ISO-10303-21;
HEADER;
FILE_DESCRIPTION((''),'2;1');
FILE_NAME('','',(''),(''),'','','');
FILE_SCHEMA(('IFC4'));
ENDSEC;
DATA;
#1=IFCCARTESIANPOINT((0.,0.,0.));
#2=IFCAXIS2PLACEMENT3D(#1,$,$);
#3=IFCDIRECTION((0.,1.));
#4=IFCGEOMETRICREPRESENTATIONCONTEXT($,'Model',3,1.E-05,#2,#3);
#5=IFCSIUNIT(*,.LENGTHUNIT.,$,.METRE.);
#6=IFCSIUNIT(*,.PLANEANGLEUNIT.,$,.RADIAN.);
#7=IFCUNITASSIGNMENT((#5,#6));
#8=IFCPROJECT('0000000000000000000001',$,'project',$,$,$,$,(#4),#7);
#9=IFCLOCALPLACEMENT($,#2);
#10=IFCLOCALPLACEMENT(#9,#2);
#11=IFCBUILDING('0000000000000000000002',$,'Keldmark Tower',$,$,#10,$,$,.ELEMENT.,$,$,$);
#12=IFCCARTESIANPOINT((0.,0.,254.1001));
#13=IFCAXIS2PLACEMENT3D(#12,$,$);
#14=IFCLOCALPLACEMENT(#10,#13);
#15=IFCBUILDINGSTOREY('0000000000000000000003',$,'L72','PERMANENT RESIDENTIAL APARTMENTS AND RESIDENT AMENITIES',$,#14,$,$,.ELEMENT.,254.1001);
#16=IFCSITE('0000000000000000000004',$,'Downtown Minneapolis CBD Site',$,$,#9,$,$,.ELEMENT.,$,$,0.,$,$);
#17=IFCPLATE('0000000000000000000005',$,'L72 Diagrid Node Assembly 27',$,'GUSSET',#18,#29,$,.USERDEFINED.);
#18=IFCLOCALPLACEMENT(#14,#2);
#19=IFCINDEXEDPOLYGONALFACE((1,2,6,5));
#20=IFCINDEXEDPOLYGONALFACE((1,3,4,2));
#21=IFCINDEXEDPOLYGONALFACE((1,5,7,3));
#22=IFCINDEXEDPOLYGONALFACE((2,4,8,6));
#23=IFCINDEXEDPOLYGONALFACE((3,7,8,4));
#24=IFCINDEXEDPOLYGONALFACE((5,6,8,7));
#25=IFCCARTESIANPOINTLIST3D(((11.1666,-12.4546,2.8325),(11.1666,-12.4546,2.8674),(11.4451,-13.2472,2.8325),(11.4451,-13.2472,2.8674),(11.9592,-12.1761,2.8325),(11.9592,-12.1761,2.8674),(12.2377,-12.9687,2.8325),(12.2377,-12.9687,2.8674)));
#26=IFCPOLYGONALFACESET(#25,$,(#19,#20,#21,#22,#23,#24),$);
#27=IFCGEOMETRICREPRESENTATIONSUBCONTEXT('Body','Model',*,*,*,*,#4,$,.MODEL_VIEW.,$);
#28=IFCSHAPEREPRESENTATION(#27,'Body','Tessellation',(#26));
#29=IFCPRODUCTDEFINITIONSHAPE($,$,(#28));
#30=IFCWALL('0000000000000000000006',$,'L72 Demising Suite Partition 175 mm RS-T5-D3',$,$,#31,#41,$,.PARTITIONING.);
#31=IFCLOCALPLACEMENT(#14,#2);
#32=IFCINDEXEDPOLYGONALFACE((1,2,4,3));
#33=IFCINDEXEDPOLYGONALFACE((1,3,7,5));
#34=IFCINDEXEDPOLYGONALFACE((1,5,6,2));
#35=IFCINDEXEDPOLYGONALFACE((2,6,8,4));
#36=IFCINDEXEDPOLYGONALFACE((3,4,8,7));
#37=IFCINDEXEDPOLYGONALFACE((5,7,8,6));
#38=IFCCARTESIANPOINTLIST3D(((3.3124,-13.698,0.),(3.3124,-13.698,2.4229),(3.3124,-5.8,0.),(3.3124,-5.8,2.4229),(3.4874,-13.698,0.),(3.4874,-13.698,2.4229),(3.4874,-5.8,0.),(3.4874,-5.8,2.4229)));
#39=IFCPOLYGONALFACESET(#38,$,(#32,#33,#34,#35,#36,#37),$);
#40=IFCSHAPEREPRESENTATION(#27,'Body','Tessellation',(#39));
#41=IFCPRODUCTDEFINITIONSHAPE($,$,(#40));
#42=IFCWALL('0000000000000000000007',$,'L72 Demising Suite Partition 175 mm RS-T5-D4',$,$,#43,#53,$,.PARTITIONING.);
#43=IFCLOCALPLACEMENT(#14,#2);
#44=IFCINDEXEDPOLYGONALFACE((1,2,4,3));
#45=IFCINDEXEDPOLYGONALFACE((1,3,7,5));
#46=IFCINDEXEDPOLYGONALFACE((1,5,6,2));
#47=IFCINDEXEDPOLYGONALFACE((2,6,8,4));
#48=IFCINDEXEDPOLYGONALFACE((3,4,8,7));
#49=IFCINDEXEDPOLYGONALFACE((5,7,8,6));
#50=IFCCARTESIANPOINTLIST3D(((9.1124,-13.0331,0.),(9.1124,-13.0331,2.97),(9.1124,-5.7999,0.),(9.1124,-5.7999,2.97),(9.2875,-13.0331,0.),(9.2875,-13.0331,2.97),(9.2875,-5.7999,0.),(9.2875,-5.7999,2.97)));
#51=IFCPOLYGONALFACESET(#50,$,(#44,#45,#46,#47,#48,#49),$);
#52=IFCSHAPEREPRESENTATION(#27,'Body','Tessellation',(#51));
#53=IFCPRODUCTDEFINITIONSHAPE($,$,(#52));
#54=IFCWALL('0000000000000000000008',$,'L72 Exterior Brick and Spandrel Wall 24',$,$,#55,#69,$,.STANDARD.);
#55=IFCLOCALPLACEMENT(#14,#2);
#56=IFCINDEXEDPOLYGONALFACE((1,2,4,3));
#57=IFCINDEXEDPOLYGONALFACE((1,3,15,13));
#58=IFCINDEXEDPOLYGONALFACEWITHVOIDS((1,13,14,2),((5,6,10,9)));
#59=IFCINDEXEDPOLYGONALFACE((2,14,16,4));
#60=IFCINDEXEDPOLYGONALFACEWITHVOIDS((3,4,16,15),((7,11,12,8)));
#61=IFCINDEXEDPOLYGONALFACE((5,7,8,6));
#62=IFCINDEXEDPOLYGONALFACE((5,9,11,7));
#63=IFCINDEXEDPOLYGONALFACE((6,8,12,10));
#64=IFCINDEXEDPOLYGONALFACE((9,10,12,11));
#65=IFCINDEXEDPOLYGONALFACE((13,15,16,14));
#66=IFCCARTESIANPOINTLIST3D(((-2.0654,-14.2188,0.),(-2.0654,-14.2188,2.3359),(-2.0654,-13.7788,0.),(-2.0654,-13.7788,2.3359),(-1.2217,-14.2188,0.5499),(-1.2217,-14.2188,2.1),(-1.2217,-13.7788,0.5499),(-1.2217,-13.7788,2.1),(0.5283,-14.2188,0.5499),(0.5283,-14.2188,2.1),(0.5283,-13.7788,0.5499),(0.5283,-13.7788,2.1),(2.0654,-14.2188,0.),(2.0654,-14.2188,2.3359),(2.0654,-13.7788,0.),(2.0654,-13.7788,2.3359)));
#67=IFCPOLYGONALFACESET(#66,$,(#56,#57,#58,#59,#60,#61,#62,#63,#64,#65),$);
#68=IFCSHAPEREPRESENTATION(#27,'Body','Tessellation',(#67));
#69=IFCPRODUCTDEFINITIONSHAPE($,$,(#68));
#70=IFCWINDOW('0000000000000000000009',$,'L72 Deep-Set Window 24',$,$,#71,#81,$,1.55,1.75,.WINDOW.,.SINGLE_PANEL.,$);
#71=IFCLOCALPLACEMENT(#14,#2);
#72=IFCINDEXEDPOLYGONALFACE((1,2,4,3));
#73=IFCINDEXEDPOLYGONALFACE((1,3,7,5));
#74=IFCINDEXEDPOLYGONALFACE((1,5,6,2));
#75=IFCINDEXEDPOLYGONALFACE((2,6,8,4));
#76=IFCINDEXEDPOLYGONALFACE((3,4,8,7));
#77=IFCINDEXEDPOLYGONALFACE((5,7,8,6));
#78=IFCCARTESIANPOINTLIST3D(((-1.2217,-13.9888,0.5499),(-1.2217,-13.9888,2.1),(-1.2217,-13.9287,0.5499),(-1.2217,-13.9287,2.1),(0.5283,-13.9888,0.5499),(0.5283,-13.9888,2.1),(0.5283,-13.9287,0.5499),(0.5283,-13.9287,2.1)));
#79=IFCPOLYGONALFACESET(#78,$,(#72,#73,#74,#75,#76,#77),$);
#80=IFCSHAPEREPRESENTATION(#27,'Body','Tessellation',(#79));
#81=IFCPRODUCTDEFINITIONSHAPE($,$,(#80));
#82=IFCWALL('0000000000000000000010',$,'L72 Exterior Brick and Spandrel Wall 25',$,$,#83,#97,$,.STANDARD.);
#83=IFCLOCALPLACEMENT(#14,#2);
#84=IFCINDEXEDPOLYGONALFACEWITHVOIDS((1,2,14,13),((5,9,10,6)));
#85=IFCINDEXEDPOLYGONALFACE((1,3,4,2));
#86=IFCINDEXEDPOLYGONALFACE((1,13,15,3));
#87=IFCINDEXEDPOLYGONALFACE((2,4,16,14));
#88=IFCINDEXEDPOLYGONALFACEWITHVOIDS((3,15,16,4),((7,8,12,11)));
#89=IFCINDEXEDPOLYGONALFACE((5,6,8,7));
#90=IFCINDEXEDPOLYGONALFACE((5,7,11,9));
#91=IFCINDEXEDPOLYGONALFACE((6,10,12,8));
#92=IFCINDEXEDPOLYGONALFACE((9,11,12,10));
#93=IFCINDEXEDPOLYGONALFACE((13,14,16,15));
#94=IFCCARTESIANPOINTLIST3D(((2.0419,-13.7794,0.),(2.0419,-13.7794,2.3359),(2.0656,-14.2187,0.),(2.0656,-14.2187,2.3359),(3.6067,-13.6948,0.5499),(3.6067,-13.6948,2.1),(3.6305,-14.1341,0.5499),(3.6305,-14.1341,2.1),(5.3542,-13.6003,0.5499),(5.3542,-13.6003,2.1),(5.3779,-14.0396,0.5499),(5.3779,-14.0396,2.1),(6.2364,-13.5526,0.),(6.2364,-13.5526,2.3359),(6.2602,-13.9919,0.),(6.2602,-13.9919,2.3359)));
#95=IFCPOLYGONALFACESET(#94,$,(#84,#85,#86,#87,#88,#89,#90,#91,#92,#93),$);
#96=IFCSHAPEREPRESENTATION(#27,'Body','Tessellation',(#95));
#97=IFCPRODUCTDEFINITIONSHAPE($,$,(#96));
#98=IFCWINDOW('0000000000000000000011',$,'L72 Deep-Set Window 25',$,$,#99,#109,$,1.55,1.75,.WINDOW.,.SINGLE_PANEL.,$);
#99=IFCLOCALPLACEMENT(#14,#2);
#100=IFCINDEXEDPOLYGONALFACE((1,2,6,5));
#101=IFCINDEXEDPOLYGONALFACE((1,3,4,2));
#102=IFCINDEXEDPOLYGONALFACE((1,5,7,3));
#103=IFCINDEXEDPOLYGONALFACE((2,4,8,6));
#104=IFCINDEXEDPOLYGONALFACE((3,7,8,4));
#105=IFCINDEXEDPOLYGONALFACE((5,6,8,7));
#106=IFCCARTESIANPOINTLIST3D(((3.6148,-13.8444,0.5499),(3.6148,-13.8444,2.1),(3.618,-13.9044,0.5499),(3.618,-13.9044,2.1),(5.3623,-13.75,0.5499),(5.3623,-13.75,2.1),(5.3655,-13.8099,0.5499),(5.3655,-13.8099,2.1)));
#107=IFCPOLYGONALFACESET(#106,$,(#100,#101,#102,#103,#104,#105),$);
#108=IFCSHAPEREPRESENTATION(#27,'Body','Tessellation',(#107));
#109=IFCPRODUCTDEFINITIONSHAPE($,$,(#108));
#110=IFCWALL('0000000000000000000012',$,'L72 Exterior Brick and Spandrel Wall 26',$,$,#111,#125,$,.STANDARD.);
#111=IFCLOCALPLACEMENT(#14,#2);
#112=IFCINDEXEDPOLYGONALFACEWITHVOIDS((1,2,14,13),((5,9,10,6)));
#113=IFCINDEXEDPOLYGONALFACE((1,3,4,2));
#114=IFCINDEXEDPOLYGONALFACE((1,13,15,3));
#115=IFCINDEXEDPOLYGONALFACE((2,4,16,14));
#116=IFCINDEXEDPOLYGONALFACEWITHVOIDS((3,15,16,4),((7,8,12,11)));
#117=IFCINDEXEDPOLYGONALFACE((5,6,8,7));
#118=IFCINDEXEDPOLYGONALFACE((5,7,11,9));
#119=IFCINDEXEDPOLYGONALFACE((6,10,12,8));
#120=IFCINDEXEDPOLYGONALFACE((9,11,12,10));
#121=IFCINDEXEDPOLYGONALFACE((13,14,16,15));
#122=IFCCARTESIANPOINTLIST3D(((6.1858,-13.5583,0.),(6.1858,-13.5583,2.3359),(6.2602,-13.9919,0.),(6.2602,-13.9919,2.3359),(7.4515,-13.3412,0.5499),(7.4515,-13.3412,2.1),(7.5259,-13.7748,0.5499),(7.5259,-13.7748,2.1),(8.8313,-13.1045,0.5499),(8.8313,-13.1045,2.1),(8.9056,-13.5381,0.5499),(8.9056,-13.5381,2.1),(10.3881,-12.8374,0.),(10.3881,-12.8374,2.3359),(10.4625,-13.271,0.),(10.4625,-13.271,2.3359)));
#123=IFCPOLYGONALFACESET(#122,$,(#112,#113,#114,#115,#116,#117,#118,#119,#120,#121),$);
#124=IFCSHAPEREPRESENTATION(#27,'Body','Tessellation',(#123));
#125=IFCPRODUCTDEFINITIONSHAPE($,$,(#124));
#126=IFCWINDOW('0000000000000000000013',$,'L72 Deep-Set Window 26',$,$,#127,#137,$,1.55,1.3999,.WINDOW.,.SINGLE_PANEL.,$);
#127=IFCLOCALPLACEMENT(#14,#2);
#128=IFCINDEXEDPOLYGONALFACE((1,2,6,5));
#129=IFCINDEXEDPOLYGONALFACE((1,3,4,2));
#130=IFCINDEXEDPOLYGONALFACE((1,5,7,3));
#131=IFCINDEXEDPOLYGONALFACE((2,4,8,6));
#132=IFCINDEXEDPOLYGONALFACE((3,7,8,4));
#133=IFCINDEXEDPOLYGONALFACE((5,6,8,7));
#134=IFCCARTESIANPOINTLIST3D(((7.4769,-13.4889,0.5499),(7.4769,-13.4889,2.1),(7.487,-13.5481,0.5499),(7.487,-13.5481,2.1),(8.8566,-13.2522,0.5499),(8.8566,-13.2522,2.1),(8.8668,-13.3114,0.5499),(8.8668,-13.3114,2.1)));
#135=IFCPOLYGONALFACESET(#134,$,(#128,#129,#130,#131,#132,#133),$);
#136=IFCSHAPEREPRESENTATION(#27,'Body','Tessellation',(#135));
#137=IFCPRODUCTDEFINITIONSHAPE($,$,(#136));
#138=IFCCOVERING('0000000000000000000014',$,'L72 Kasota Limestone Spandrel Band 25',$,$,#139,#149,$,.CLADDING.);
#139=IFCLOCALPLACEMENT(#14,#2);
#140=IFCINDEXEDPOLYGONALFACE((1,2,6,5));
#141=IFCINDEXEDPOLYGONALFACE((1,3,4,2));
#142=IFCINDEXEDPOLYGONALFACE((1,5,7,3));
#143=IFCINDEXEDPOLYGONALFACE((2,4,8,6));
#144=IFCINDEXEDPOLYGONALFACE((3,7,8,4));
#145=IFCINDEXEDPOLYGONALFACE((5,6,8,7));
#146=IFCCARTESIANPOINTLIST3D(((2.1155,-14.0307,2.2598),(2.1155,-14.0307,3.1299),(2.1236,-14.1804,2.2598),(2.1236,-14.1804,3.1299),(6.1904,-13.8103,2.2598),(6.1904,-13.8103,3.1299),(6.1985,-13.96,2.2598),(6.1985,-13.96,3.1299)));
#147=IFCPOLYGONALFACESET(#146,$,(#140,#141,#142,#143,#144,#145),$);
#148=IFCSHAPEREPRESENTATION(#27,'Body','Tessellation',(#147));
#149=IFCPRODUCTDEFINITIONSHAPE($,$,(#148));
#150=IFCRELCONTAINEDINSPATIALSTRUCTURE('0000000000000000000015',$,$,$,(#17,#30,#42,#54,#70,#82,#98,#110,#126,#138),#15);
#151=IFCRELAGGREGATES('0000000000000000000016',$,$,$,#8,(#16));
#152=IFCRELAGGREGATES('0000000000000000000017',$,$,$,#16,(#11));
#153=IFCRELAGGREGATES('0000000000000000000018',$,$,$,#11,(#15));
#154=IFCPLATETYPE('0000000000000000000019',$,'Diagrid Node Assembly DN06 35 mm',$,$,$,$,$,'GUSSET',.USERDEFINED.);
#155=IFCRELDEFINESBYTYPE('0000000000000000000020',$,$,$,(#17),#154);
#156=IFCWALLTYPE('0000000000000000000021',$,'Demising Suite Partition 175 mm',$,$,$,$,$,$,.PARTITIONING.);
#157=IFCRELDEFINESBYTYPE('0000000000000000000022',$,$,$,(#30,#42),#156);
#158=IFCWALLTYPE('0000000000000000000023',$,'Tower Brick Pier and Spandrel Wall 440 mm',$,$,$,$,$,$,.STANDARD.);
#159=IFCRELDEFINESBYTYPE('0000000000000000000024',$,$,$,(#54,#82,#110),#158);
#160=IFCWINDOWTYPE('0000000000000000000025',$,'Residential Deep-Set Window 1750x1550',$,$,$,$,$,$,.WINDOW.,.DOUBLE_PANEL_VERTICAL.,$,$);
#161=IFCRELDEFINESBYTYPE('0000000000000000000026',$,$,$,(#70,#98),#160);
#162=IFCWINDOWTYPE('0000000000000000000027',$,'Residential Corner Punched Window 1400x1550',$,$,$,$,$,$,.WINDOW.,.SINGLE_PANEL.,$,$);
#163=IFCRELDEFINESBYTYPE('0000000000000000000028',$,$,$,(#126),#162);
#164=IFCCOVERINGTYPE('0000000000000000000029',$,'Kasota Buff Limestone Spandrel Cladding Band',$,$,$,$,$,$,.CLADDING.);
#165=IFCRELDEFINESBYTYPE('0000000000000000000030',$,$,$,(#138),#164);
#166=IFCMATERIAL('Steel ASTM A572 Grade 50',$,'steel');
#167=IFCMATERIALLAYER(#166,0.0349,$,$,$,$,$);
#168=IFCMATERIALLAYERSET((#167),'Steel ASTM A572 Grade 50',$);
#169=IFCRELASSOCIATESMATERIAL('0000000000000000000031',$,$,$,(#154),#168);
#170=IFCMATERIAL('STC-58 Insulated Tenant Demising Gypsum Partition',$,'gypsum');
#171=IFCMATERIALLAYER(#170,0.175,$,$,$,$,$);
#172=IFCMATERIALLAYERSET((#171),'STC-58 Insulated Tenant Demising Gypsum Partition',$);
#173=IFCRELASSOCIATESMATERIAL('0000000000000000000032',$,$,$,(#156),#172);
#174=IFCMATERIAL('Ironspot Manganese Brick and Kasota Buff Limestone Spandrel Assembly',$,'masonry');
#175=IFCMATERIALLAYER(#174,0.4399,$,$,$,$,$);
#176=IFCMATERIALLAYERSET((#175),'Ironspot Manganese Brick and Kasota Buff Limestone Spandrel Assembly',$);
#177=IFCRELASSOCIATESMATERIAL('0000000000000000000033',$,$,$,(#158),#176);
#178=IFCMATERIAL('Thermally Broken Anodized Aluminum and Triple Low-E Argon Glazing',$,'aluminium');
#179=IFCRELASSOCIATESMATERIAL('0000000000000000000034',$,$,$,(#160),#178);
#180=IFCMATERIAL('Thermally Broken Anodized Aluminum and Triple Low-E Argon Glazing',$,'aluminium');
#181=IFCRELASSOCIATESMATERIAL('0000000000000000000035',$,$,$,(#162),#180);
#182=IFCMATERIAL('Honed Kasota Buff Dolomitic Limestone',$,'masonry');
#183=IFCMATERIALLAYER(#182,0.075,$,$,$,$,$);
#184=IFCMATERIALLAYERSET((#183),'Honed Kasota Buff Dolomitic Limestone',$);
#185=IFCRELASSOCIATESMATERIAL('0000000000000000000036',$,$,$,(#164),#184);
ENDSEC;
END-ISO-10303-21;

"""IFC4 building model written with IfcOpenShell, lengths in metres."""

from ifc_helpers import new_model, si_unit, direction, frame, frame_2d, origin, origin_2d, place, context, subcontext, project, spatial, rectangle, extrude, material, layer, layer_set, type_object, element, fill, save


model = new_model("IFC4")

# Units and contexts
model_context = context("Model", 3, precision=1e-05, world=origin(), true_north=direction((0.0, 1.0)))
body_context = subcontext(model_context, "Body", "Model", "MODEL_VIEW")
ifc_project = project(units=[si_unit("LENGTHUNIT", "METRE"), si_unit("PLANEANGLEUNIT", "RADIAN")], contexts=[model_context])

# Site, building, storey
site_placement = place(None, origin())
site = spatial("IfcSite", under=ifc_project, at=site_placement, Name="Downtown Minneapolis CBD Site", CompositionType="ELEMENT", RefElevation=0.0)
building_placement = place(site_placement, origin())
building = spatial("IfcBuilding", under=site, at=building_placement, Name="Keldmark Tower", CompositionType="ELEMENT")
storey_placement = place(building_placement, frame((0.0, 0.0, 254.1001)))
storey = spatial("IfcBuildingStorey", under=building, at=storey_placement, Name="L72", Description="PERMANENT RESIDENTIAL APARTMENTS AND RESIDENT AMENITIES", CompositionType="ELEMENT", Elevation=254.1001)

# Plate
ifc_material_1 = material(Name="Steel ASTM A572 Grade 50", Category="steel")
ifc_layer_1 = layer(ifc_material_1, 0.0349)
ifc_layer_set_1 = layer_set([ifc_layer_1], Name="Steel ASTM A572 Grade 50")
plate_type = type_object("IfcPlateType", Name="Diagrid Node Assembly DN06 35 mm", ElementType="GUSSET", PredefinedType="USERDEFINED", material=ifc_layer_set_1)
for number, where, z_axis, x_axis, name in (
    (1, (11.7021, -12.7117, 2.8325), (0.0, 0.0, 1.0), (0.943454, 0.331503, 0.0), "L72 Diagrid Node Assembly 27"),
):
    element("IfcPlate", number, at=place(storey_placement, frame(where, z_axis=z_axis, x_axis=x_axis)), inside=storey, type_object=plate_type, Name=name, ObjectType="GUSSET", PredefinedType="USERDEFINED", context=body_context, shape_type="SweptSolid", body=[
        extrude(rectangle(XDim=0.8401, YDim=0.8401, at=origin_2d()), origin(), (0.0, 0.0, 1.0), 0.0349),
    ])

# Walls
ifc_material_2 = material(Name="STC-58 Insulated Tenant Demising Gypsum Partition", Category="gypsum")
ifc_layer_2 = layer(ifc_material_2, 0.175)
ifc_layer_set_2 = layer_set([ifc_layer_2], Name="STC-58 Insulated Tenant Demising Gypsum Partition")
wall_type_1 = type_object("IfcWallType", Name="Demising Suite Partition 175 mm", PredefinedType="PARTITIONING", material=ifc_layer_set_2)
wall_1_placement = place(storey_placement, frame((3.3999, -13.698, 0.0), z_axis=(0.0, 0.0, 1.0), x_axis=(0.0, 1.0, 0.0)))
element("IfcWall", 2, at=wall_1_placement, inside=storey, type_object=wall_type_1, Name="L72 Demising Suite Partition 175 mm RS-T5-D3", PredefinedType="PARTITIONING", context=body_context, shape_type="SweptSolid", body=[
    extrude(rectangle(XDim=7.8979, YDim=0.175, at=frame_2d((3.949, 0.0))), origin(), (0.0, 0.0, 1.0), 2.4229),
])
wall_2_placement = place(storey_placement, frame((9.2, -13.0332, 0.0), z_axis=(0.0, 0.0, 1.0), x_axis=(0.0, 1.0, 0.0)))
element("IfcWall", 3, at=wall_2_placement, inside=storey, type_object=wall_type_1, Name="L72 Demising Suite Partition 175 mm RS-T5-D4", PredefinedType="PARTITIONING", context=body_context, shape_type="SweptSolid", body=[
    extrude(rectangle(XDim=7.2332, YDim=0.175, at=frame_2d((3.6167, 0.0))), origin(), (0.0, 0.0, 1.0), 2.97),
])

# Walls, openings, windows
ifc_material_3 = material(Name="Ironspot Manganese Brick and Kasota Buff Limestone Spandrel Assembly", Category="masonry")
ifc_layer_3 = layer(ifc_material_3, 0.4399)
ifc_layer_set_3 = layer_set([ifc_layer_3], Name="Ironspot Manganese Brick and Kasota Buff Limestone Spandrel Assembly")
wall_type_2 = type_object("IfcWallType", Name="Tower Brick Pier and Spandrel Wall 440 mm", PredefinedType="STANDARD", material=ifc_layer_set_3)
wall_3_placement = place(storey_placement, frame((2.0654, -13.9988, 0.0), z_axis=(0.0, 0.0, 1.0), x_axis=(-1.0, 0.0, 0.0)))
wall_3 = element("IfcWall", 4, at=wall_3_placement, inside=storey, type_object=wall_type_2, Name="L72 Exterior Brick and Spandrel Wall 24", PredefinedType="STANDARD", context=body_context, shape_type="SweptSolid", body=[
    extrude(rectangle(XDim=4.1309, YDim=0.4399, at=frame_2d((2.0654, 0.0))), origin(), (0.0, 0.0, 1.0), 2.3359),
])
opening_1_placement = place(wall_3_placement, frame((1.5371, 0.0, 0.55)))
opening_1 = element("IfcOpeningElement", 5, at=opening_1_placement, cuts=wall_3, PredefinedType="OPENING", context=body_context, shape_type="SweptSolid", body=[
    extrude(rectangle(XDim=1.75, YDim=1.55, at=frame_2d((0.875, 0.7749))), frame((0.0, 0.23, 0.0), z_axis=(0.0, -1.0, 0.0), x_axis=(1.0, 0.0, 0.0)), (0.0, 0.0, 1.0), 0.46),
])
ifc_material_4 = material(Name="Thermally Broken Anodized Aluminum and Triple Low-E Argon Glazing", Category="aluminium")
window_type_1 = type_object("IfcWindowType", Name="Residential Deep-Set Window 1750x1550", PartitioningType="DOUBLE_PANEL_VERTICAL", PredefinedType="WINDOW", material=ifc_material_4)
window_1_placement = place(opening_1_placement, origin())
window_1 = element("IfcWindow", 6, at=window_1_placement, inside=storey, type_object=window_type_1, Name="L72 Deep-Set Window 24", OverallHeight=1.55, OverallWidth=1.75, PartitioningType="SINGLE_PANEL", PredefinedType="WINDOW", context=body_context, shape_type="SweptSolid", body=[
    extrude(rectangle(XDim=1.75, YDim=1.55, at=frame_2d((0.875, 0.7749))), frame((0.0, -0.01, 0.0), z_axis=(0.0, -1.0, 0.0), x_axis=(1.0, 0.0, 0.0)), (0.0, 0.0, 1.0), 0.0601),
])
fill(opening_1, window_1)
wall_4_placement = place(storey_placement, frame((6.2483, -13.7722, 0.0), z_axis=(0.0, 0.0, 1.0), x_axis=(-0.998541, -0.053992, 0.0)))
wall_4 = element("IfcWall", 7, at=wall_4_placement, inside=storey, type_object=wall_type_2, Name="L72 Exterior Brick and Spandrel Wall 25", PredefinedType="STANDARD", context=body_context, shape_type="SweptSolid", body=[
    extrude(rectangle(XDim=4.2007, YDim=0.4399, at=frame_2d((2.1003, 0.0))), origin(), (0.0, 0.0, 1.0), 2.3359),
])
opening_2_placement = place(wall_4_placement, frame((0.8835, 0.0, 0.55)))
opening_2 = element("IfcOpeningElement", 8, at=opening_2_placement, cuts=wall_4, PredefinedType="OPENING", context=body_context, shape_type="SweptSolid", body=[
    extrude(rectangle(XDim=1.75, YDim=1.55, at=frame_2d((0.875, 0.7749))), frame((0.0, 0.23, 0.0), z_axis=(0.0, -1.0, 0.0), x_axis=(1.0, 0.0, 0.0)), (0.0, 0.0, 1.0), 0.46),
])
window_2_placement = place(opening_2_placement, origin())
window_2 = element("IfcWindow", 9, at=window_2_placement, inside=storey, type_object=window_type_1, Name="L72 Deep-Set Window 25", OverallHeight=1.55, OverallWidth=1.75, PartitioningType="SINGLE_PANEL", PredefinedType="WINDOW", context=body_context, shape_type="SweptSolid", body=[
    extrude(rectangle(XDim=1.75, YDim=1.55, at=frame_2d((0.875, 0.7749))), frame((0.0, -0.01, 0.0), z_axis=(0.0, -1.0, 0.0), x_axis=(1.0, 0.0, 0.0)), (0.0, 0.0, 1.0), 0.0601),
])
fill(opening_2, window_2)
wall_5_placement = place(storey_placement, frame((10.4253, -13.0542, 0.0), z_axis=(0.0, 0.0, 1.0), x_axis=(-0.985601, -0.169086, 0.0)))
wall_5 = element("IfcWall", 10, at=wall_5_placement, inside=storey, type_object=wall_type_2, Name="L72 Exterior Brick and Spandrel Wall 26", PredefinedType="STANDARD", context=body_context, shape_type="SweptSolid", body=[
    extrude(rectangle(XDim=4.2637, YDim=0.4399, at=frame_2d((2.1318, 0.0))), origin(), (0.0, 0.0, 1.0), 2.3359),
])
opening_3_placement = place(wall_5_placement, frame((1.5796, 0.0, 0.55)))
opening_3 = element("IfcOpeningElement", 11, at=opening_3_placement, cuts=wall_5, PredefinedType="OPENING", context=body_context, shape_type="SweptSolid", body=[
    extrude(rectangle(XDim=1.3999, YDim=1.55, at=frame_2d((0.7, 0.7749))), frame((0.0, 0.23, 0.0), z_axis=(0.0, -1.0, 0.0), x_axis=(1.0, 0.0, 0.0)), (0.0, 0.0, 1.0), 0.46),
])
ifc_material_5 = material(Name="Thermally Broken Anodized Aluminum and Triple Low-E Argon Glazing", Category="aluminium")
window_type_2 = type_object("IfcWindowType", Name="Residential Corner Punched Window 1400x1550", PartitioningType="SINGLE_PANEL", PredefinedType="WINDOW", material=ifc_material_5)
window_3_placement = place(opening_3_placement, origin())
window_3 = element("IfcWindow", 12, at=window_3_placement, inside=storey, type_object=window_type_2, Name="L72 Deep-Set Window 26", OverallHeight=1.55, OverallWidth=1.3999, PartitioningType="SINGLE_PANEL", PredefinedType="WINDOW", context=body_context, shape_type="SweptSolid", body=[
    extrude(rectangle(XDim=1.3999, YDim=1.55, at=frame_2d((0.7, 0.7749))), frame((0.0, -0.01, 0.0), z_axis=(0.0, -1.0, 0.0), x_axis=(1.0, 0.0, 0.0)), (0.0, 0.0, 1.0), 0.0601),
])
fill(opening_3, window_3)

# Covering
ifc_material_6 = material(Name="Honed Kasota Buff Dolomitic Limestone", Category="masonry")
ifc_layer_4 = layer(ifc_material_6, 0.075)
ifc_layer_set_4 = layer_set([ifc_layer_4], Name="Honed Kasota Buff Dolomitic Limestone")
covering_type = type_object("IfcCoveringType", Name="Kasota Buff Limestone Spandrel Cladding Band", PredefinedType="CLADDING", material=ifc_layer_set_4)
covering_placement = place(storey_placement, frame((4.157, -13.9954, 2.2598), z_axis=(0.0, 0.0, 1.0), x_axis=(0.99854, 0.054009, 0.0)))
element("IfcCovering", 13, at=covering_placement, inside=storey, type_object=covering_type, Name="L72 Kasota Limestone Spandrel Band 25", PredefinedType="CLADDING", context=body_context, shape_type="SweptSolid", body=[
    extrude(rectangle(XDim=4.0808, YDim=0.1499, at=origin_2d()), origin(), (0.0, 0.0, 1.0), 0.8701),
])

save(model, "model.ifc")
